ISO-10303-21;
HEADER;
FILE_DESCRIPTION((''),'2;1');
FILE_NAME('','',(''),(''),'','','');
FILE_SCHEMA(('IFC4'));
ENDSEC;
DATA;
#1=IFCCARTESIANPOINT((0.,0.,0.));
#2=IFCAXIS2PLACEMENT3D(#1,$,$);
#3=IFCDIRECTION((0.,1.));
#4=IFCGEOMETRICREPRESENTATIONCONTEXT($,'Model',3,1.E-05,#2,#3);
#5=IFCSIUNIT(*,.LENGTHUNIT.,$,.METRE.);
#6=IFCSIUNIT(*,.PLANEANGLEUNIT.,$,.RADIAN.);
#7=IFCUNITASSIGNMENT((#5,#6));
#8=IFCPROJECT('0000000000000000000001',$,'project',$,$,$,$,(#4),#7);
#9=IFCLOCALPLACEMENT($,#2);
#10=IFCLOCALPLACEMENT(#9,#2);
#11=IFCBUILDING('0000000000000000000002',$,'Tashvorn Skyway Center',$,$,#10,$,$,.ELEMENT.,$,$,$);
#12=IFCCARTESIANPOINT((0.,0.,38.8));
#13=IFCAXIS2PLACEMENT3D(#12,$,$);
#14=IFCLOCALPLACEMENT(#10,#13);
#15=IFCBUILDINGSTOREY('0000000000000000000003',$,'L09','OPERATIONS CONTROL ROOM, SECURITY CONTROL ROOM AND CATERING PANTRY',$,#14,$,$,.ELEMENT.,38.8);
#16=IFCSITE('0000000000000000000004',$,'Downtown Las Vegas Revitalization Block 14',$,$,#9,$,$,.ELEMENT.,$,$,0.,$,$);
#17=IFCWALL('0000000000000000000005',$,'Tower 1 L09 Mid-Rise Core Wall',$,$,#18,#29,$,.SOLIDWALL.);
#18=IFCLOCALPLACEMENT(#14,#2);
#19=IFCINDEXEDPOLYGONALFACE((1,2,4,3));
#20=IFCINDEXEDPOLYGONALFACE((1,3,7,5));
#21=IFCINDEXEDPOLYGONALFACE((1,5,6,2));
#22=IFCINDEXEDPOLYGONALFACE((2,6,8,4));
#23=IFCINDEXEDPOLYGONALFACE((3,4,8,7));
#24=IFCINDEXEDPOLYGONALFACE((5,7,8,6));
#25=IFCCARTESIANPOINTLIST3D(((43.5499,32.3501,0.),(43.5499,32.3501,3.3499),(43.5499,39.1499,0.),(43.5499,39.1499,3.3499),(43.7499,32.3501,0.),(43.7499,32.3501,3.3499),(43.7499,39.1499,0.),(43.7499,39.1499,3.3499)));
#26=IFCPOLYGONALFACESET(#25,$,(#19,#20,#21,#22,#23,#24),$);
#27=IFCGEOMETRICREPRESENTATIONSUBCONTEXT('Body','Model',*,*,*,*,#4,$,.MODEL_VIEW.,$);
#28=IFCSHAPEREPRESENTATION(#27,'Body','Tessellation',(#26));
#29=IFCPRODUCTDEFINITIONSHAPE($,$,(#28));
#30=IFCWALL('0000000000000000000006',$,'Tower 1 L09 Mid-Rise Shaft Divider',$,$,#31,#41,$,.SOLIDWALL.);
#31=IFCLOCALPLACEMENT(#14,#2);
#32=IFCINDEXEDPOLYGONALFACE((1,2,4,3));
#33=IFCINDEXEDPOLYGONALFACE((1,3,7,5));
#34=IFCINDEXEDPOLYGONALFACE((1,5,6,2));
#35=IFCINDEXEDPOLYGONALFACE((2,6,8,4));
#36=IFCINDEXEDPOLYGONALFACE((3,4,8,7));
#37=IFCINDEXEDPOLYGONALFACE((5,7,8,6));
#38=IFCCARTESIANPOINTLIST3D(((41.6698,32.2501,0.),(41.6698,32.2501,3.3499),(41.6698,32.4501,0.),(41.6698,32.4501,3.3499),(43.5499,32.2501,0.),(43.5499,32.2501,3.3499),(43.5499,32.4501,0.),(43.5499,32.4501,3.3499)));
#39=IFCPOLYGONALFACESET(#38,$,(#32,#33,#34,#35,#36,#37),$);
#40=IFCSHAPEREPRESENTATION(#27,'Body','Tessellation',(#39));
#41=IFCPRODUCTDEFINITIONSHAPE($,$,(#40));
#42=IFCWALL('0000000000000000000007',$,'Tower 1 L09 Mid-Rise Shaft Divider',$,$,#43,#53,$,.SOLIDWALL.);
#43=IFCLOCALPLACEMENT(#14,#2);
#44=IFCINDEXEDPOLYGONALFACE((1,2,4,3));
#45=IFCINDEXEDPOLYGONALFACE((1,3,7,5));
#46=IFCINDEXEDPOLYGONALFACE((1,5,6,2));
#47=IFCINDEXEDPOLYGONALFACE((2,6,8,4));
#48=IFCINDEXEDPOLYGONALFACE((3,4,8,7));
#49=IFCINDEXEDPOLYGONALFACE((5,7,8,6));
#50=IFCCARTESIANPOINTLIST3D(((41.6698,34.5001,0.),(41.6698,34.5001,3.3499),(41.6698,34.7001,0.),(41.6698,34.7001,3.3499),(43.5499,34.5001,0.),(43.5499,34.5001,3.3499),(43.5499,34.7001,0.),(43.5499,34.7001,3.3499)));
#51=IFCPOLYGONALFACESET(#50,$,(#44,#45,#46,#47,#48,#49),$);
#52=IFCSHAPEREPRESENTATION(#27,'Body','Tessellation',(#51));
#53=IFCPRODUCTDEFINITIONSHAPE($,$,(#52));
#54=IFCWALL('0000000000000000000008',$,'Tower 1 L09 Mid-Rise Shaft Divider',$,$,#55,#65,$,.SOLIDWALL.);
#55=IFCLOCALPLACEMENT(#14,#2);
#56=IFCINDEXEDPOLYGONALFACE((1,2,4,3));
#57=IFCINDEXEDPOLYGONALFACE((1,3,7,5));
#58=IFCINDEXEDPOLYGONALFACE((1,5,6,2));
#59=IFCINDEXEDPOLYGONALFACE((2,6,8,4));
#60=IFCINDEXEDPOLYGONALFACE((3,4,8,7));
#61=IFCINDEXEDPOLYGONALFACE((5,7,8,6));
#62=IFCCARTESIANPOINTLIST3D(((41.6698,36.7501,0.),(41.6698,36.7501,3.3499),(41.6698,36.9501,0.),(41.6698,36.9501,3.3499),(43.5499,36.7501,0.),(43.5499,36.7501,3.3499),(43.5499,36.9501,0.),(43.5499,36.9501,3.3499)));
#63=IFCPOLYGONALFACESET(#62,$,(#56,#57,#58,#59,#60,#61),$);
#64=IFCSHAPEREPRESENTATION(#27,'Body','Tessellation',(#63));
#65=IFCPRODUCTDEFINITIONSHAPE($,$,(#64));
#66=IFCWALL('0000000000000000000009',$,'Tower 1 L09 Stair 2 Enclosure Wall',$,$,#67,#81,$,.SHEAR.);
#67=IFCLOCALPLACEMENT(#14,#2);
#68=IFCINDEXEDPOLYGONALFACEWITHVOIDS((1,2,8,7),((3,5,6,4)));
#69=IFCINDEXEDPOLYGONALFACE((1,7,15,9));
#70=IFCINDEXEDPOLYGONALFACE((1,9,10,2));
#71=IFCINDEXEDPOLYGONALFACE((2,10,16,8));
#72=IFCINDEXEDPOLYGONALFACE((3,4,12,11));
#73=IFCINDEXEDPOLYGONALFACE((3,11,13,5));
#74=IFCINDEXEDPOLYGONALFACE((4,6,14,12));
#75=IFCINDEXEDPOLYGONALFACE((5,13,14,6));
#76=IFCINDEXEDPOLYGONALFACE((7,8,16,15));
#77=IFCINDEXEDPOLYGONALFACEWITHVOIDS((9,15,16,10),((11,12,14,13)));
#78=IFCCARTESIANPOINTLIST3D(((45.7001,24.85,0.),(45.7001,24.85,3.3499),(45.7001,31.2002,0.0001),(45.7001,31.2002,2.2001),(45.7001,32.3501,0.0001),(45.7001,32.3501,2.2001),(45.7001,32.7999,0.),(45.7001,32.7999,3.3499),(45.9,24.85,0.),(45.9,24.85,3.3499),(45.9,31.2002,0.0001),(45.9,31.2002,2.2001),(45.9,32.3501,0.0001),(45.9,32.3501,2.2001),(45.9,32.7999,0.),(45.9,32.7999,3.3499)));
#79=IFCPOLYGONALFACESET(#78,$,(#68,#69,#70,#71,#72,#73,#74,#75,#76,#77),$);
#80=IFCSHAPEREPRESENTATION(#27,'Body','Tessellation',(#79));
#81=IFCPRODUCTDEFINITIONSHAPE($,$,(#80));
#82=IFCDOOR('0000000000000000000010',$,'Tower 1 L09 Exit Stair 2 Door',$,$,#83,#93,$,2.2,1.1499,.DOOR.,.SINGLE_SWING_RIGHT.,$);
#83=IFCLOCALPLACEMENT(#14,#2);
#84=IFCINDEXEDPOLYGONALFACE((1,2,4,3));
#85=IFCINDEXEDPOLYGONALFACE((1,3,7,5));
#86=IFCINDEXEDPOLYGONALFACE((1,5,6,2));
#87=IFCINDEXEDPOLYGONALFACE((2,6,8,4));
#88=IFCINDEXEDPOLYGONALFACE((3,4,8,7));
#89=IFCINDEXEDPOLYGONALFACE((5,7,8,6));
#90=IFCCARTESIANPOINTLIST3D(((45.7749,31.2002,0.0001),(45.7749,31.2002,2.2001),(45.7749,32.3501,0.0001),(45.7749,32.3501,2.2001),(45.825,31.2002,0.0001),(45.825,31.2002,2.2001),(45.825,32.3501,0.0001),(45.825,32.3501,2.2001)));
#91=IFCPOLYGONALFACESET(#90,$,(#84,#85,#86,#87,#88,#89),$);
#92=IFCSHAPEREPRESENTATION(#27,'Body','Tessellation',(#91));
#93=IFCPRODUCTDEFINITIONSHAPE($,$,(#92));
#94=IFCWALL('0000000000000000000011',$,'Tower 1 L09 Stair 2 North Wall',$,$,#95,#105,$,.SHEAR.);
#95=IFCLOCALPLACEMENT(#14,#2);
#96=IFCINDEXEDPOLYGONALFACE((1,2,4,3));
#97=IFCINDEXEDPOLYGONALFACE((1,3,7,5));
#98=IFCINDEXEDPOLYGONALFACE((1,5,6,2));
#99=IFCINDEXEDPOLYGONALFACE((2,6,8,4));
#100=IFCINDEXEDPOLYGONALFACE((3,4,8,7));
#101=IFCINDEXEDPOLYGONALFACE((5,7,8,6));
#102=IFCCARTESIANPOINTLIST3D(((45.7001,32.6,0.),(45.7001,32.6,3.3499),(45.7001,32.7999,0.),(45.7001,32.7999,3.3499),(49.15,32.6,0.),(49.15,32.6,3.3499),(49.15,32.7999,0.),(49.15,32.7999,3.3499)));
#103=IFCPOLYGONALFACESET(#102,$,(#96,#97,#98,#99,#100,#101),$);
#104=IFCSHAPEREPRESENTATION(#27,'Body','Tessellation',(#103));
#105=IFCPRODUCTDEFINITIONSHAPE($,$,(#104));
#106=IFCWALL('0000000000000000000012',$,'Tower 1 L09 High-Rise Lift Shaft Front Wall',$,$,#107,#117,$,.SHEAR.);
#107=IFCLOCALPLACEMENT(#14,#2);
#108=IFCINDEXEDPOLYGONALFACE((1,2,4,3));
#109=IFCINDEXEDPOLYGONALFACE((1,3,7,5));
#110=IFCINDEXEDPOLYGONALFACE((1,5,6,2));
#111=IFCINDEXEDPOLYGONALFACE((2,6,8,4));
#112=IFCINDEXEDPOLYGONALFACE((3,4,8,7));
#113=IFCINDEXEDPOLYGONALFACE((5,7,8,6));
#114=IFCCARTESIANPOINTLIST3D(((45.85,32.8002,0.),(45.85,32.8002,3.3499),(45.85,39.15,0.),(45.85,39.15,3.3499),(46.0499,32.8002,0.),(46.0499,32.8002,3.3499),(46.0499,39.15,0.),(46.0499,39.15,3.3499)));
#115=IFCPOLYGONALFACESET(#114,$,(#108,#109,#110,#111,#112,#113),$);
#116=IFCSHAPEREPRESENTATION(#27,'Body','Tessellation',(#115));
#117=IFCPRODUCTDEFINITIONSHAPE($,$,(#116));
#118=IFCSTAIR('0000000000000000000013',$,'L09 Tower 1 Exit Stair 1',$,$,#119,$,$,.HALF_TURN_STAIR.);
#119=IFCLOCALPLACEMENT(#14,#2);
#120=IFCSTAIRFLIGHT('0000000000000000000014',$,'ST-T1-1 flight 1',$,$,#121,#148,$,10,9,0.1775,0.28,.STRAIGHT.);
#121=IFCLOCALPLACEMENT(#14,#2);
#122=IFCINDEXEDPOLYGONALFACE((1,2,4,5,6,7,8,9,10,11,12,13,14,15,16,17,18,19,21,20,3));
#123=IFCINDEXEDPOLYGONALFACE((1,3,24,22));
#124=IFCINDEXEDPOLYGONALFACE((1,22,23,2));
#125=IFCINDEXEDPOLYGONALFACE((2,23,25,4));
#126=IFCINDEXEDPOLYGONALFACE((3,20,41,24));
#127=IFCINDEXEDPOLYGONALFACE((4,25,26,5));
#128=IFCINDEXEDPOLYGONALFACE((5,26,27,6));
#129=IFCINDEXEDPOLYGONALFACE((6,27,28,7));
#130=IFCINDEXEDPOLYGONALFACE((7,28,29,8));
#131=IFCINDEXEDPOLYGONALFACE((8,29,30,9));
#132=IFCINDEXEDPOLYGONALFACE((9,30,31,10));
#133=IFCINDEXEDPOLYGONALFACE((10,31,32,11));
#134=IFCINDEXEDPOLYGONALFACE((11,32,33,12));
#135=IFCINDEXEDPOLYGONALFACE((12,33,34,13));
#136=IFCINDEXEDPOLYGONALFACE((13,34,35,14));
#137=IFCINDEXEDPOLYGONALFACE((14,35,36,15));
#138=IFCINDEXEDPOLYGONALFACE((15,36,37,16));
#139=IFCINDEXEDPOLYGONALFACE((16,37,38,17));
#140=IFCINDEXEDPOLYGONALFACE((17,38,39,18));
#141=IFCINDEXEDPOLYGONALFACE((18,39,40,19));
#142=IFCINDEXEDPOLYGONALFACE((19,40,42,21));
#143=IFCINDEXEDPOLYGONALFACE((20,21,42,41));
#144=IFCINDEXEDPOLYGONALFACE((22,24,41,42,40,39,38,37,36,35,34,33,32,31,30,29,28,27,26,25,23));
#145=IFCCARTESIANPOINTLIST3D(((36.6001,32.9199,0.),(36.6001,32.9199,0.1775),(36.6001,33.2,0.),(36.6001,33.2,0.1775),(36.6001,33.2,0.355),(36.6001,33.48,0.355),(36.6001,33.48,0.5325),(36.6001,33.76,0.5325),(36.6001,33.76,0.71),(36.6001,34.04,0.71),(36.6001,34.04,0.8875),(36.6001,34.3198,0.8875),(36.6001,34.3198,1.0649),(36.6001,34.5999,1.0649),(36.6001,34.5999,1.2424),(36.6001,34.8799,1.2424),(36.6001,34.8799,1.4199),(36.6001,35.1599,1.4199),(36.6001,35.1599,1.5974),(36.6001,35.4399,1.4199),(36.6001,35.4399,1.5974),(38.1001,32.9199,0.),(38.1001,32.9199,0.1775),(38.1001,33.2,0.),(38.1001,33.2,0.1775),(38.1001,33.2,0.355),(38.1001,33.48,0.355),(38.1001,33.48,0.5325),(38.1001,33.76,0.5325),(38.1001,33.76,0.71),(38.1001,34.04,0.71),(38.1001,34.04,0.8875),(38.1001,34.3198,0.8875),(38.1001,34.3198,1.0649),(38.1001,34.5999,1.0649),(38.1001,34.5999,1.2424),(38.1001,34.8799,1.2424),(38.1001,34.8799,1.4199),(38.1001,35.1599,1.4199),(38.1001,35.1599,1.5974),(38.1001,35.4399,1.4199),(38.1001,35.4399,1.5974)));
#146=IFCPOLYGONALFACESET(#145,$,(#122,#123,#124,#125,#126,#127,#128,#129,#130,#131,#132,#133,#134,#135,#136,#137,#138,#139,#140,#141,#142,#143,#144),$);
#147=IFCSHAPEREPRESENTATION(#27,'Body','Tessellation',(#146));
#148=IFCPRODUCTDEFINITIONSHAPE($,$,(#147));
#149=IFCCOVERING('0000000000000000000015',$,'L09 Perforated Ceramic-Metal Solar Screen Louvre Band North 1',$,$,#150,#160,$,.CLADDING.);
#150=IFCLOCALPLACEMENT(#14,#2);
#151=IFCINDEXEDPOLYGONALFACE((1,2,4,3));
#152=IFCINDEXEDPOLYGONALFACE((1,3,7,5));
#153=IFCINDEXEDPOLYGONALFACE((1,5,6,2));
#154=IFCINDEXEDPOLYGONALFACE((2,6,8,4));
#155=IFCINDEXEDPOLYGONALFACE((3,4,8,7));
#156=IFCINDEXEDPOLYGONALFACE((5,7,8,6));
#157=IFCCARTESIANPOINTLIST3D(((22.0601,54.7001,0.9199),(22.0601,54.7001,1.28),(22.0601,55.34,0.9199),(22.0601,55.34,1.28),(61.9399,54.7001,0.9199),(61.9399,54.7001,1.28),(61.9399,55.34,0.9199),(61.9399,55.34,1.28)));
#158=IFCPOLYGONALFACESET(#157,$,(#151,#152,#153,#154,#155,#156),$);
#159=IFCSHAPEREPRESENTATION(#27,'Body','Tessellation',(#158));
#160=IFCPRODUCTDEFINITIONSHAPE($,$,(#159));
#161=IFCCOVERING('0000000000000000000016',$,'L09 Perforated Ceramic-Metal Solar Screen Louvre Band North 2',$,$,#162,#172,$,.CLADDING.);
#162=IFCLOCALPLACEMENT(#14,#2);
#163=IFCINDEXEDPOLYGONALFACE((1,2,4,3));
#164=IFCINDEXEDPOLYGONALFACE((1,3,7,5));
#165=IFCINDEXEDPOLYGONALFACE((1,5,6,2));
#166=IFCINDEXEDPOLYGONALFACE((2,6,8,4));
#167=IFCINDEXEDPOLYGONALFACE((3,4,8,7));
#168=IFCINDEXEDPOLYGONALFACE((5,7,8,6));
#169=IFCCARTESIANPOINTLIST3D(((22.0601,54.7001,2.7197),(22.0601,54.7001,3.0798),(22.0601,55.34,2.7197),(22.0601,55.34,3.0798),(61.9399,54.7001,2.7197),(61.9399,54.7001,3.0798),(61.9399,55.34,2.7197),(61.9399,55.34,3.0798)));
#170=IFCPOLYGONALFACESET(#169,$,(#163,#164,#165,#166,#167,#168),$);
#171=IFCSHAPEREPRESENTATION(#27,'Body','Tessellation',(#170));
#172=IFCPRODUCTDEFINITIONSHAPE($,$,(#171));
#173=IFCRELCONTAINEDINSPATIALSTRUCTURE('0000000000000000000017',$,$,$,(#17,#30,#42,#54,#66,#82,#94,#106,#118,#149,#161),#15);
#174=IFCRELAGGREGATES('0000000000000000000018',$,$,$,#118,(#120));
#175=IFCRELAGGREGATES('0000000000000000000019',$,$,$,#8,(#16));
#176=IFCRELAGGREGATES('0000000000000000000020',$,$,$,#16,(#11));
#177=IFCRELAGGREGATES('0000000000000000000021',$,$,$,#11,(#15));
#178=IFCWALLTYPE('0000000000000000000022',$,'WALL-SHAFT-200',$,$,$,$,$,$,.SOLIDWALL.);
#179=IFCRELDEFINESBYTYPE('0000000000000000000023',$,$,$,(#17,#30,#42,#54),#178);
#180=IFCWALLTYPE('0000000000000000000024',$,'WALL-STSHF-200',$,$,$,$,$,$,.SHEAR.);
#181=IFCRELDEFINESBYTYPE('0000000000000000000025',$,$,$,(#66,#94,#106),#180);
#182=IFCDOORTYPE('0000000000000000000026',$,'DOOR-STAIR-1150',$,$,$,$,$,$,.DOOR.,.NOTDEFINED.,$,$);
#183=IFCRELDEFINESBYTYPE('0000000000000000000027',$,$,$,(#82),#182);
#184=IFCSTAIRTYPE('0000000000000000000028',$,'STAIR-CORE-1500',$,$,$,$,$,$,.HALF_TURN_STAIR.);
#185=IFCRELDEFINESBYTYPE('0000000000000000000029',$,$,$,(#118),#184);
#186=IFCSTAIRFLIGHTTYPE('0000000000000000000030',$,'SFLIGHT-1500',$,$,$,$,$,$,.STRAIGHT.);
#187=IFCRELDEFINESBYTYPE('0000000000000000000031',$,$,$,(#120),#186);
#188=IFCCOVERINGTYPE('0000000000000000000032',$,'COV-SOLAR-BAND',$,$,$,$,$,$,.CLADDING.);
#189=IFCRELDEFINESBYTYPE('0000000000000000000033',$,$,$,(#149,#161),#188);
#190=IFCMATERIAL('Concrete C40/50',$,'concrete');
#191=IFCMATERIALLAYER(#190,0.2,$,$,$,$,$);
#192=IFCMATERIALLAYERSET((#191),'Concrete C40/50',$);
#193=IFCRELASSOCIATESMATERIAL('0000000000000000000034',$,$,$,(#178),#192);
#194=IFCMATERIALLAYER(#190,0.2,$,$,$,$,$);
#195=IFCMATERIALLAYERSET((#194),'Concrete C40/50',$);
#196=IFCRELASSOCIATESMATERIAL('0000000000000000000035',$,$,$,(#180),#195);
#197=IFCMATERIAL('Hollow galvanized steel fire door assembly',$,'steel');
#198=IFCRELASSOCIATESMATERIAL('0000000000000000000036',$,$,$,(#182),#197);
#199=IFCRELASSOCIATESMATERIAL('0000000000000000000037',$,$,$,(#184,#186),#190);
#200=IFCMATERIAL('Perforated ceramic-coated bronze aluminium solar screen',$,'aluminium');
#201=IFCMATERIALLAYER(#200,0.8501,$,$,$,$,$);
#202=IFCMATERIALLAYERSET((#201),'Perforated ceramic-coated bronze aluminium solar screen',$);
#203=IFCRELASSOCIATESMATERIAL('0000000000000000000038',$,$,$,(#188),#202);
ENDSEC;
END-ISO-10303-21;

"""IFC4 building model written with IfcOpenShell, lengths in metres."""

from ifc_helpers import new_model, si_unit, direction, frame, frame_2d, origin, origin_2d, place, context, subcontext, project, spatial, polyline, rectangle, outline, extrude, material, layer, layer_set, type_object, element, fill, aggregate, save


model = new_model("IFC4")

# Units and contexts
model_context = context("Model", 3, precision=1e-05, world=origin(), true_north=direction((0.0, 1.0)))
body_context = subcontext(model_context, "Body", "Model", "MODEL_VIEW")
ifc_project = project(units=[si_unit("LENGTHUNIT", "METRE"), si_unit("PLANEANGLEUNIT", "RADIAN")], contexts=[model_context])

# Site, building, storey
site_placement = place(None, origin())
site = spatial("IfcSite", under=ifc_project, at=site_placement, Name="Downtown Las Vegas Revitalization Block 14", CompositionType="ELEMENT", RefElevation=0.0)
building_placement = place(site_placement, origin())
building = spatial("IfcBuilding", under=site, at=building_placement, Name="Tashvorn Skyway Center", CompositionType="ELEMENT")
storey_placement = place(building_placement, frame((0.0, 0.0, 38.8)))
storey = spatial("IfcBuildingStorey", under=building, at=storey_placement, Name="L09", Description="OPERATIONS CONTROL ROOM, SECURITY CONTROL ROOM AND CATERING PANTRY", CompositionType="ELEMENT", Elevation=38.8)

# Shared definitions
ifc_material_1 = material(Name="Concrete C40/50", Category="concrete")

# Shared definitions
ifc_material_2 = material(Name="Hollow galvanized steel fire door assembly", Category="steel")

# Walls
ifc_layer_1 = layer(ifc_material_1, 0.2)
ifc_layer_set_1 = layer_set([ifc_layer_1], Name="Concrete C40/50")
wall_type_1 = type_object("IfcWallType", Name="WALL-SHAFT-200", PredefinedType="SOLIDWALL", material=ifc_layer_set_1)
wall_1_placement = place(storey_placement, frame((43.6499, 32.3501, 0.0), z_axis=(0.0, 0.0, 1.0), x_axis=(0.0, 1.0, 0.0)))
element("IfcWall", 1, at=wall_1_placement, inside=storey, type_object=wall_type_1, Name="Tower 1 L09 Mid-Rise Core Wall", PredefinedType="SOLIDWALL", context=body_context, shape_type="SweptSolid", body=[
    extrude(rectangle(XDim=6.7998, YDim=0.2, at=frame_2d((3.3999, 0.0))), origin(), (0.0, 0.0, 1.0), 3.3499),
])
for number, where, z_axis, x_axis, name in (
    (2, (41.6699, 32.3501, 0.0), (0.0, 0.0, 1.0), (1.0, 0.0, 0.0), "Tower 1 L09 Mid-Rise Shaft Divider"),
    (3, (41.6699, 34.6001, 0.0), (0.0, 0.0, 1.0), (1.0, 0.0, 0.0), "Tower 1 L09 Mid-Rise Shaft Divider"),
    (4, (41.6699, 36.8501, 0.0), (0.0, 0.0, 1.0), (1.0, 0.0, 0.0), "Tower 1 L09 Mid-Rise Shaft Divider"),
):
    element("IfcWall", number, at=place(storey_placement, frame(where, z_axis=z_axis, x_axis=x_axis)), inside=storey, type_object=wall_type_1, Name=name, PredefinedType="SOLIDWALL", context=body_context, shape_type="SweptSolid", body=[
        extrude(rectangle(XDim=1.8801, YDim=0.2, at=frame_2d((0.9399, 0.0))), origin(), (0.0, 0.0, 1.0), 3.3499),
    ])

# Wall, opening, door
ifc_layer_2 = layer(ifc_material_1, 0.2)
ifc_layer_set_2 = layer_set([ifc_layer_2], Name="Concrete C40/50")
wall_type_2 = type_object("IfcWallType", Name="WALL-STSHF-200", PredefinedType="SHEAR", material=ifc_layer_set_2)
wall_2_placement = place(storey_placement, frame((45.8, 32.8, 0.0), z_axis=(0.0, 0.0, 1.0), x_axis=(0.0, -1.0, 0.0)))
wall_2 = element("IfcWall", 5, at=wall_2_placement, inside=storey, type_object=wall_type_2, Name="Tower 1 L09 Stair 2 Enclosure Wall", PredefinedType="SHEAR", context=body_context, shape_type="SweptSolid", body=[
    extrude(rectangle(XDim=7.95, YDim=0.2, at=frame_2d((3.9751, 0.0))), origin(), (0.0, 0.0, 1.0), 3.3499),
])
opening_1_placement = place(wall_2_placement, frame((0.45, 0.0, 0.0)))
opening_1 = element("IfcOpeningElement", 6, at=opening_1_placement, cuts=wall_2, PredefinedType="OPENING", context=body_context, shape_type="SweptSolid", body=[
    extrude(rectangle(XDim=1.1499, YDim=2.2, at=frame_2d((0.575, 1.1001))), frame((0.0, 0.1099, 0.0), z_axis=(0.0, -1.0, 0.0), x_axis=(1.0, 0.0, 0.0)), (0.0, 0.0, 1.0), 0.22),
])
door_type_1 = type_object("IfcDoorType", Name="DOOR-STAIR-1150", OperationType="NOTDEFINED", PredefinedType="DOOR", material=ifc_material_2)
door_1_placement = place(opening_1_placement, origin())
door_1 = element("IfcDoor", 7, at=door_1_placement, inside=storey, type_object=door_type_1, Name="Tower 1 L09 Exit Stair 2 Door", OperationType="SINGLE_SWING_RIGHT", OverallHeight=2.2, OverallWidth=1.1499, PredefinedType="DOOR", context=body_context, shape_type="SweptSolid", body=[
    extrude(rectangle(XDim=1.1499, YDim=2.2, at=frame_2d((0.575, 1.1001))), frame((0.0, 0.0249, 0.0), z_axis=(0.0, -1.0, 0.0), x_axis=(1.0, 0.0, 0.0)), (0.0, 0.0, 1.0), 0.05),
])
fill(opening_1, door_1)

# Walls
wall_3_placement = place(storey_placement, frame((45.7, 32.7, 0.0), z_axis=(0.0, 0.0, 1.0), x_axis=(1.0, 0.0, 0.0)))
element("IfcWall", 8, at=wall_3_placement, inside=storey, type_object=wall_type_2, Name="Tower 1 L09 Stair 2 North Wall", PredefinedType="SHEAR", context=body_context, shape_type="SweptSolid", body=[
    extrude(rectangle(XDim=3.45, YDim=0.2, at=frame_2d((1.7251, 0.0))), origin(), (0.0, 0.0, 1.0), 3.3499),
])
wall_4_placement = place(storey_placement, frame((45.95, 39.1499, 0.0), z_axis=(0.0, 0.0, 1.0), x_axis=(0.0, -1.0, 0.0)))
element("IfcWall", 9, at=wall_4_placement, inside=storey, type_object=wall_type_2, Name="Tower 1 L09 High-Rise Lift Shaft Front Wall", PredefinedType="SHEAR", context=body_context, shape_type="SweptSolid", body=[
    extrude(rectangle(XDim=6.3499, YDim=0.2, at=frame_2d((3.1748, 0.0))), origin(), (0.0, 0.0, 1.0), 3.3499),
])

# Stair, stair flight
stair_type = type_object("IfcStairType", Name="STAIR-CORE-1500", PredefinedType="HALF_TURN_STAIR", material=ifc_material_1)
stair_placement = place(storey_placement, origin())
stair = element("IfcStair", 10, at=stair_placement, inside=storey, type_object=stair_type, Name="L09 Tower 1 Exit Stair 1", PredefinedType="HALF_TURN_STAIR")
stair_flight_type = type_object("IfcStairFlightType", Name="SFLIGHT-1500", PredefinedType="STRAIGHT", material=ifc_material_1)
stair_flight_placement = place(storey_placement, frame((37.3501, 32.9199, 0.0), z_axis=(0.0, 0.0, 1.0), x_axis=(0.0, 1.0, 0.0)))
stair_flight = element("IfcStairFlight", 11, at=stair_flight_placement, type_object=stair_flight_type, Name="ST-T1-1 flight 1", NumberOfRisers=10, NumberOfTreads=9, PredefinedType="STRAIGHT", RiserHeight=0.1775, TreadLength=0.28, context=body_context, shape_type="SweptSolid", body=[
    extrude(outline(polyline([(0.0, 0.0), (0.0, 0.1775), (0.28, 0.1775), (0.28, 0.355), (0.5601, 0.355), (0.5601, 0.5325), (0.8401, 0.5325), (0.8401, 0.71), (1.1201, 0.71), (1.1201, 0.8875), (1.3999, 0.8875), (1.3999, 1.0649), (1.6799, 1.0649), (1.6799, 1.2424), (1.96, 1.2424), (1.96, 1.4199), (2.24, 1.4199), (2.24, 1.5974), (2.52, 1.5974), (2.52, 1.7749), (2.52, 1.4199), (0.28, 0.0), (0.0, 0.0)])), frame((0.0, 0.75, 0.0), z_axis=(0.0, -1.0, 0.0), x_axis=(1.0, 0.0, 0.0)), (0.0, 0.0, 1.0), 1.5),
])
aggregate(stair, [stair_flight])

# Coverings
ifc_material_3 = material(Name="Perforated ceramic-coated bronze aluminium solar screen", Category="aluminium")
ifc_layer_3 = layer(ifc_material_3, 0.8501)
ifc_layer_set_3 = layer_set([ifc_layer_3], Name="Perforated ceramic-coated bronze aluminium solar screen")
covering_type = type_object("IfcCoveringType", Name="COV-SOLAR-BAND", PredefinedType="CLADDING", material=ifc_layer_set_3)
for number, where, z_axis, x_axis, name in (
    (12, (42.0, 55.02, 0.9199), (0.0, 0.0, 1.0), (1.0, 0.0, 0.0), "L09 Perforated Ceramic-Metal Solar Screen Louvre Band North 1"),
    (13, (42.0, 55.02, 2.7197), (0.0, 0.0, 1.0), (1.0, 0.0, 0.0), "L09 Perforated Ceramic-Metal Solar Screen Louvre Band North 2"),
):
    element("IfcCovering", number, at=place(storey_placement, frame(where, z_axis=z_axis, x_axis=x_axis)), inside=storey, type_object=covering_type, Name=name, PredefinedType="CLADDING", context=body_context, shape_type="SweptSolid", body=[
        extrude(rectangle(XDim=39.8799, YDim=0.6399, at=origin_2d()), origin(), (0.0, 0.0, 1.0), 0.3601),
    ])

save(model, "model.ifc")
